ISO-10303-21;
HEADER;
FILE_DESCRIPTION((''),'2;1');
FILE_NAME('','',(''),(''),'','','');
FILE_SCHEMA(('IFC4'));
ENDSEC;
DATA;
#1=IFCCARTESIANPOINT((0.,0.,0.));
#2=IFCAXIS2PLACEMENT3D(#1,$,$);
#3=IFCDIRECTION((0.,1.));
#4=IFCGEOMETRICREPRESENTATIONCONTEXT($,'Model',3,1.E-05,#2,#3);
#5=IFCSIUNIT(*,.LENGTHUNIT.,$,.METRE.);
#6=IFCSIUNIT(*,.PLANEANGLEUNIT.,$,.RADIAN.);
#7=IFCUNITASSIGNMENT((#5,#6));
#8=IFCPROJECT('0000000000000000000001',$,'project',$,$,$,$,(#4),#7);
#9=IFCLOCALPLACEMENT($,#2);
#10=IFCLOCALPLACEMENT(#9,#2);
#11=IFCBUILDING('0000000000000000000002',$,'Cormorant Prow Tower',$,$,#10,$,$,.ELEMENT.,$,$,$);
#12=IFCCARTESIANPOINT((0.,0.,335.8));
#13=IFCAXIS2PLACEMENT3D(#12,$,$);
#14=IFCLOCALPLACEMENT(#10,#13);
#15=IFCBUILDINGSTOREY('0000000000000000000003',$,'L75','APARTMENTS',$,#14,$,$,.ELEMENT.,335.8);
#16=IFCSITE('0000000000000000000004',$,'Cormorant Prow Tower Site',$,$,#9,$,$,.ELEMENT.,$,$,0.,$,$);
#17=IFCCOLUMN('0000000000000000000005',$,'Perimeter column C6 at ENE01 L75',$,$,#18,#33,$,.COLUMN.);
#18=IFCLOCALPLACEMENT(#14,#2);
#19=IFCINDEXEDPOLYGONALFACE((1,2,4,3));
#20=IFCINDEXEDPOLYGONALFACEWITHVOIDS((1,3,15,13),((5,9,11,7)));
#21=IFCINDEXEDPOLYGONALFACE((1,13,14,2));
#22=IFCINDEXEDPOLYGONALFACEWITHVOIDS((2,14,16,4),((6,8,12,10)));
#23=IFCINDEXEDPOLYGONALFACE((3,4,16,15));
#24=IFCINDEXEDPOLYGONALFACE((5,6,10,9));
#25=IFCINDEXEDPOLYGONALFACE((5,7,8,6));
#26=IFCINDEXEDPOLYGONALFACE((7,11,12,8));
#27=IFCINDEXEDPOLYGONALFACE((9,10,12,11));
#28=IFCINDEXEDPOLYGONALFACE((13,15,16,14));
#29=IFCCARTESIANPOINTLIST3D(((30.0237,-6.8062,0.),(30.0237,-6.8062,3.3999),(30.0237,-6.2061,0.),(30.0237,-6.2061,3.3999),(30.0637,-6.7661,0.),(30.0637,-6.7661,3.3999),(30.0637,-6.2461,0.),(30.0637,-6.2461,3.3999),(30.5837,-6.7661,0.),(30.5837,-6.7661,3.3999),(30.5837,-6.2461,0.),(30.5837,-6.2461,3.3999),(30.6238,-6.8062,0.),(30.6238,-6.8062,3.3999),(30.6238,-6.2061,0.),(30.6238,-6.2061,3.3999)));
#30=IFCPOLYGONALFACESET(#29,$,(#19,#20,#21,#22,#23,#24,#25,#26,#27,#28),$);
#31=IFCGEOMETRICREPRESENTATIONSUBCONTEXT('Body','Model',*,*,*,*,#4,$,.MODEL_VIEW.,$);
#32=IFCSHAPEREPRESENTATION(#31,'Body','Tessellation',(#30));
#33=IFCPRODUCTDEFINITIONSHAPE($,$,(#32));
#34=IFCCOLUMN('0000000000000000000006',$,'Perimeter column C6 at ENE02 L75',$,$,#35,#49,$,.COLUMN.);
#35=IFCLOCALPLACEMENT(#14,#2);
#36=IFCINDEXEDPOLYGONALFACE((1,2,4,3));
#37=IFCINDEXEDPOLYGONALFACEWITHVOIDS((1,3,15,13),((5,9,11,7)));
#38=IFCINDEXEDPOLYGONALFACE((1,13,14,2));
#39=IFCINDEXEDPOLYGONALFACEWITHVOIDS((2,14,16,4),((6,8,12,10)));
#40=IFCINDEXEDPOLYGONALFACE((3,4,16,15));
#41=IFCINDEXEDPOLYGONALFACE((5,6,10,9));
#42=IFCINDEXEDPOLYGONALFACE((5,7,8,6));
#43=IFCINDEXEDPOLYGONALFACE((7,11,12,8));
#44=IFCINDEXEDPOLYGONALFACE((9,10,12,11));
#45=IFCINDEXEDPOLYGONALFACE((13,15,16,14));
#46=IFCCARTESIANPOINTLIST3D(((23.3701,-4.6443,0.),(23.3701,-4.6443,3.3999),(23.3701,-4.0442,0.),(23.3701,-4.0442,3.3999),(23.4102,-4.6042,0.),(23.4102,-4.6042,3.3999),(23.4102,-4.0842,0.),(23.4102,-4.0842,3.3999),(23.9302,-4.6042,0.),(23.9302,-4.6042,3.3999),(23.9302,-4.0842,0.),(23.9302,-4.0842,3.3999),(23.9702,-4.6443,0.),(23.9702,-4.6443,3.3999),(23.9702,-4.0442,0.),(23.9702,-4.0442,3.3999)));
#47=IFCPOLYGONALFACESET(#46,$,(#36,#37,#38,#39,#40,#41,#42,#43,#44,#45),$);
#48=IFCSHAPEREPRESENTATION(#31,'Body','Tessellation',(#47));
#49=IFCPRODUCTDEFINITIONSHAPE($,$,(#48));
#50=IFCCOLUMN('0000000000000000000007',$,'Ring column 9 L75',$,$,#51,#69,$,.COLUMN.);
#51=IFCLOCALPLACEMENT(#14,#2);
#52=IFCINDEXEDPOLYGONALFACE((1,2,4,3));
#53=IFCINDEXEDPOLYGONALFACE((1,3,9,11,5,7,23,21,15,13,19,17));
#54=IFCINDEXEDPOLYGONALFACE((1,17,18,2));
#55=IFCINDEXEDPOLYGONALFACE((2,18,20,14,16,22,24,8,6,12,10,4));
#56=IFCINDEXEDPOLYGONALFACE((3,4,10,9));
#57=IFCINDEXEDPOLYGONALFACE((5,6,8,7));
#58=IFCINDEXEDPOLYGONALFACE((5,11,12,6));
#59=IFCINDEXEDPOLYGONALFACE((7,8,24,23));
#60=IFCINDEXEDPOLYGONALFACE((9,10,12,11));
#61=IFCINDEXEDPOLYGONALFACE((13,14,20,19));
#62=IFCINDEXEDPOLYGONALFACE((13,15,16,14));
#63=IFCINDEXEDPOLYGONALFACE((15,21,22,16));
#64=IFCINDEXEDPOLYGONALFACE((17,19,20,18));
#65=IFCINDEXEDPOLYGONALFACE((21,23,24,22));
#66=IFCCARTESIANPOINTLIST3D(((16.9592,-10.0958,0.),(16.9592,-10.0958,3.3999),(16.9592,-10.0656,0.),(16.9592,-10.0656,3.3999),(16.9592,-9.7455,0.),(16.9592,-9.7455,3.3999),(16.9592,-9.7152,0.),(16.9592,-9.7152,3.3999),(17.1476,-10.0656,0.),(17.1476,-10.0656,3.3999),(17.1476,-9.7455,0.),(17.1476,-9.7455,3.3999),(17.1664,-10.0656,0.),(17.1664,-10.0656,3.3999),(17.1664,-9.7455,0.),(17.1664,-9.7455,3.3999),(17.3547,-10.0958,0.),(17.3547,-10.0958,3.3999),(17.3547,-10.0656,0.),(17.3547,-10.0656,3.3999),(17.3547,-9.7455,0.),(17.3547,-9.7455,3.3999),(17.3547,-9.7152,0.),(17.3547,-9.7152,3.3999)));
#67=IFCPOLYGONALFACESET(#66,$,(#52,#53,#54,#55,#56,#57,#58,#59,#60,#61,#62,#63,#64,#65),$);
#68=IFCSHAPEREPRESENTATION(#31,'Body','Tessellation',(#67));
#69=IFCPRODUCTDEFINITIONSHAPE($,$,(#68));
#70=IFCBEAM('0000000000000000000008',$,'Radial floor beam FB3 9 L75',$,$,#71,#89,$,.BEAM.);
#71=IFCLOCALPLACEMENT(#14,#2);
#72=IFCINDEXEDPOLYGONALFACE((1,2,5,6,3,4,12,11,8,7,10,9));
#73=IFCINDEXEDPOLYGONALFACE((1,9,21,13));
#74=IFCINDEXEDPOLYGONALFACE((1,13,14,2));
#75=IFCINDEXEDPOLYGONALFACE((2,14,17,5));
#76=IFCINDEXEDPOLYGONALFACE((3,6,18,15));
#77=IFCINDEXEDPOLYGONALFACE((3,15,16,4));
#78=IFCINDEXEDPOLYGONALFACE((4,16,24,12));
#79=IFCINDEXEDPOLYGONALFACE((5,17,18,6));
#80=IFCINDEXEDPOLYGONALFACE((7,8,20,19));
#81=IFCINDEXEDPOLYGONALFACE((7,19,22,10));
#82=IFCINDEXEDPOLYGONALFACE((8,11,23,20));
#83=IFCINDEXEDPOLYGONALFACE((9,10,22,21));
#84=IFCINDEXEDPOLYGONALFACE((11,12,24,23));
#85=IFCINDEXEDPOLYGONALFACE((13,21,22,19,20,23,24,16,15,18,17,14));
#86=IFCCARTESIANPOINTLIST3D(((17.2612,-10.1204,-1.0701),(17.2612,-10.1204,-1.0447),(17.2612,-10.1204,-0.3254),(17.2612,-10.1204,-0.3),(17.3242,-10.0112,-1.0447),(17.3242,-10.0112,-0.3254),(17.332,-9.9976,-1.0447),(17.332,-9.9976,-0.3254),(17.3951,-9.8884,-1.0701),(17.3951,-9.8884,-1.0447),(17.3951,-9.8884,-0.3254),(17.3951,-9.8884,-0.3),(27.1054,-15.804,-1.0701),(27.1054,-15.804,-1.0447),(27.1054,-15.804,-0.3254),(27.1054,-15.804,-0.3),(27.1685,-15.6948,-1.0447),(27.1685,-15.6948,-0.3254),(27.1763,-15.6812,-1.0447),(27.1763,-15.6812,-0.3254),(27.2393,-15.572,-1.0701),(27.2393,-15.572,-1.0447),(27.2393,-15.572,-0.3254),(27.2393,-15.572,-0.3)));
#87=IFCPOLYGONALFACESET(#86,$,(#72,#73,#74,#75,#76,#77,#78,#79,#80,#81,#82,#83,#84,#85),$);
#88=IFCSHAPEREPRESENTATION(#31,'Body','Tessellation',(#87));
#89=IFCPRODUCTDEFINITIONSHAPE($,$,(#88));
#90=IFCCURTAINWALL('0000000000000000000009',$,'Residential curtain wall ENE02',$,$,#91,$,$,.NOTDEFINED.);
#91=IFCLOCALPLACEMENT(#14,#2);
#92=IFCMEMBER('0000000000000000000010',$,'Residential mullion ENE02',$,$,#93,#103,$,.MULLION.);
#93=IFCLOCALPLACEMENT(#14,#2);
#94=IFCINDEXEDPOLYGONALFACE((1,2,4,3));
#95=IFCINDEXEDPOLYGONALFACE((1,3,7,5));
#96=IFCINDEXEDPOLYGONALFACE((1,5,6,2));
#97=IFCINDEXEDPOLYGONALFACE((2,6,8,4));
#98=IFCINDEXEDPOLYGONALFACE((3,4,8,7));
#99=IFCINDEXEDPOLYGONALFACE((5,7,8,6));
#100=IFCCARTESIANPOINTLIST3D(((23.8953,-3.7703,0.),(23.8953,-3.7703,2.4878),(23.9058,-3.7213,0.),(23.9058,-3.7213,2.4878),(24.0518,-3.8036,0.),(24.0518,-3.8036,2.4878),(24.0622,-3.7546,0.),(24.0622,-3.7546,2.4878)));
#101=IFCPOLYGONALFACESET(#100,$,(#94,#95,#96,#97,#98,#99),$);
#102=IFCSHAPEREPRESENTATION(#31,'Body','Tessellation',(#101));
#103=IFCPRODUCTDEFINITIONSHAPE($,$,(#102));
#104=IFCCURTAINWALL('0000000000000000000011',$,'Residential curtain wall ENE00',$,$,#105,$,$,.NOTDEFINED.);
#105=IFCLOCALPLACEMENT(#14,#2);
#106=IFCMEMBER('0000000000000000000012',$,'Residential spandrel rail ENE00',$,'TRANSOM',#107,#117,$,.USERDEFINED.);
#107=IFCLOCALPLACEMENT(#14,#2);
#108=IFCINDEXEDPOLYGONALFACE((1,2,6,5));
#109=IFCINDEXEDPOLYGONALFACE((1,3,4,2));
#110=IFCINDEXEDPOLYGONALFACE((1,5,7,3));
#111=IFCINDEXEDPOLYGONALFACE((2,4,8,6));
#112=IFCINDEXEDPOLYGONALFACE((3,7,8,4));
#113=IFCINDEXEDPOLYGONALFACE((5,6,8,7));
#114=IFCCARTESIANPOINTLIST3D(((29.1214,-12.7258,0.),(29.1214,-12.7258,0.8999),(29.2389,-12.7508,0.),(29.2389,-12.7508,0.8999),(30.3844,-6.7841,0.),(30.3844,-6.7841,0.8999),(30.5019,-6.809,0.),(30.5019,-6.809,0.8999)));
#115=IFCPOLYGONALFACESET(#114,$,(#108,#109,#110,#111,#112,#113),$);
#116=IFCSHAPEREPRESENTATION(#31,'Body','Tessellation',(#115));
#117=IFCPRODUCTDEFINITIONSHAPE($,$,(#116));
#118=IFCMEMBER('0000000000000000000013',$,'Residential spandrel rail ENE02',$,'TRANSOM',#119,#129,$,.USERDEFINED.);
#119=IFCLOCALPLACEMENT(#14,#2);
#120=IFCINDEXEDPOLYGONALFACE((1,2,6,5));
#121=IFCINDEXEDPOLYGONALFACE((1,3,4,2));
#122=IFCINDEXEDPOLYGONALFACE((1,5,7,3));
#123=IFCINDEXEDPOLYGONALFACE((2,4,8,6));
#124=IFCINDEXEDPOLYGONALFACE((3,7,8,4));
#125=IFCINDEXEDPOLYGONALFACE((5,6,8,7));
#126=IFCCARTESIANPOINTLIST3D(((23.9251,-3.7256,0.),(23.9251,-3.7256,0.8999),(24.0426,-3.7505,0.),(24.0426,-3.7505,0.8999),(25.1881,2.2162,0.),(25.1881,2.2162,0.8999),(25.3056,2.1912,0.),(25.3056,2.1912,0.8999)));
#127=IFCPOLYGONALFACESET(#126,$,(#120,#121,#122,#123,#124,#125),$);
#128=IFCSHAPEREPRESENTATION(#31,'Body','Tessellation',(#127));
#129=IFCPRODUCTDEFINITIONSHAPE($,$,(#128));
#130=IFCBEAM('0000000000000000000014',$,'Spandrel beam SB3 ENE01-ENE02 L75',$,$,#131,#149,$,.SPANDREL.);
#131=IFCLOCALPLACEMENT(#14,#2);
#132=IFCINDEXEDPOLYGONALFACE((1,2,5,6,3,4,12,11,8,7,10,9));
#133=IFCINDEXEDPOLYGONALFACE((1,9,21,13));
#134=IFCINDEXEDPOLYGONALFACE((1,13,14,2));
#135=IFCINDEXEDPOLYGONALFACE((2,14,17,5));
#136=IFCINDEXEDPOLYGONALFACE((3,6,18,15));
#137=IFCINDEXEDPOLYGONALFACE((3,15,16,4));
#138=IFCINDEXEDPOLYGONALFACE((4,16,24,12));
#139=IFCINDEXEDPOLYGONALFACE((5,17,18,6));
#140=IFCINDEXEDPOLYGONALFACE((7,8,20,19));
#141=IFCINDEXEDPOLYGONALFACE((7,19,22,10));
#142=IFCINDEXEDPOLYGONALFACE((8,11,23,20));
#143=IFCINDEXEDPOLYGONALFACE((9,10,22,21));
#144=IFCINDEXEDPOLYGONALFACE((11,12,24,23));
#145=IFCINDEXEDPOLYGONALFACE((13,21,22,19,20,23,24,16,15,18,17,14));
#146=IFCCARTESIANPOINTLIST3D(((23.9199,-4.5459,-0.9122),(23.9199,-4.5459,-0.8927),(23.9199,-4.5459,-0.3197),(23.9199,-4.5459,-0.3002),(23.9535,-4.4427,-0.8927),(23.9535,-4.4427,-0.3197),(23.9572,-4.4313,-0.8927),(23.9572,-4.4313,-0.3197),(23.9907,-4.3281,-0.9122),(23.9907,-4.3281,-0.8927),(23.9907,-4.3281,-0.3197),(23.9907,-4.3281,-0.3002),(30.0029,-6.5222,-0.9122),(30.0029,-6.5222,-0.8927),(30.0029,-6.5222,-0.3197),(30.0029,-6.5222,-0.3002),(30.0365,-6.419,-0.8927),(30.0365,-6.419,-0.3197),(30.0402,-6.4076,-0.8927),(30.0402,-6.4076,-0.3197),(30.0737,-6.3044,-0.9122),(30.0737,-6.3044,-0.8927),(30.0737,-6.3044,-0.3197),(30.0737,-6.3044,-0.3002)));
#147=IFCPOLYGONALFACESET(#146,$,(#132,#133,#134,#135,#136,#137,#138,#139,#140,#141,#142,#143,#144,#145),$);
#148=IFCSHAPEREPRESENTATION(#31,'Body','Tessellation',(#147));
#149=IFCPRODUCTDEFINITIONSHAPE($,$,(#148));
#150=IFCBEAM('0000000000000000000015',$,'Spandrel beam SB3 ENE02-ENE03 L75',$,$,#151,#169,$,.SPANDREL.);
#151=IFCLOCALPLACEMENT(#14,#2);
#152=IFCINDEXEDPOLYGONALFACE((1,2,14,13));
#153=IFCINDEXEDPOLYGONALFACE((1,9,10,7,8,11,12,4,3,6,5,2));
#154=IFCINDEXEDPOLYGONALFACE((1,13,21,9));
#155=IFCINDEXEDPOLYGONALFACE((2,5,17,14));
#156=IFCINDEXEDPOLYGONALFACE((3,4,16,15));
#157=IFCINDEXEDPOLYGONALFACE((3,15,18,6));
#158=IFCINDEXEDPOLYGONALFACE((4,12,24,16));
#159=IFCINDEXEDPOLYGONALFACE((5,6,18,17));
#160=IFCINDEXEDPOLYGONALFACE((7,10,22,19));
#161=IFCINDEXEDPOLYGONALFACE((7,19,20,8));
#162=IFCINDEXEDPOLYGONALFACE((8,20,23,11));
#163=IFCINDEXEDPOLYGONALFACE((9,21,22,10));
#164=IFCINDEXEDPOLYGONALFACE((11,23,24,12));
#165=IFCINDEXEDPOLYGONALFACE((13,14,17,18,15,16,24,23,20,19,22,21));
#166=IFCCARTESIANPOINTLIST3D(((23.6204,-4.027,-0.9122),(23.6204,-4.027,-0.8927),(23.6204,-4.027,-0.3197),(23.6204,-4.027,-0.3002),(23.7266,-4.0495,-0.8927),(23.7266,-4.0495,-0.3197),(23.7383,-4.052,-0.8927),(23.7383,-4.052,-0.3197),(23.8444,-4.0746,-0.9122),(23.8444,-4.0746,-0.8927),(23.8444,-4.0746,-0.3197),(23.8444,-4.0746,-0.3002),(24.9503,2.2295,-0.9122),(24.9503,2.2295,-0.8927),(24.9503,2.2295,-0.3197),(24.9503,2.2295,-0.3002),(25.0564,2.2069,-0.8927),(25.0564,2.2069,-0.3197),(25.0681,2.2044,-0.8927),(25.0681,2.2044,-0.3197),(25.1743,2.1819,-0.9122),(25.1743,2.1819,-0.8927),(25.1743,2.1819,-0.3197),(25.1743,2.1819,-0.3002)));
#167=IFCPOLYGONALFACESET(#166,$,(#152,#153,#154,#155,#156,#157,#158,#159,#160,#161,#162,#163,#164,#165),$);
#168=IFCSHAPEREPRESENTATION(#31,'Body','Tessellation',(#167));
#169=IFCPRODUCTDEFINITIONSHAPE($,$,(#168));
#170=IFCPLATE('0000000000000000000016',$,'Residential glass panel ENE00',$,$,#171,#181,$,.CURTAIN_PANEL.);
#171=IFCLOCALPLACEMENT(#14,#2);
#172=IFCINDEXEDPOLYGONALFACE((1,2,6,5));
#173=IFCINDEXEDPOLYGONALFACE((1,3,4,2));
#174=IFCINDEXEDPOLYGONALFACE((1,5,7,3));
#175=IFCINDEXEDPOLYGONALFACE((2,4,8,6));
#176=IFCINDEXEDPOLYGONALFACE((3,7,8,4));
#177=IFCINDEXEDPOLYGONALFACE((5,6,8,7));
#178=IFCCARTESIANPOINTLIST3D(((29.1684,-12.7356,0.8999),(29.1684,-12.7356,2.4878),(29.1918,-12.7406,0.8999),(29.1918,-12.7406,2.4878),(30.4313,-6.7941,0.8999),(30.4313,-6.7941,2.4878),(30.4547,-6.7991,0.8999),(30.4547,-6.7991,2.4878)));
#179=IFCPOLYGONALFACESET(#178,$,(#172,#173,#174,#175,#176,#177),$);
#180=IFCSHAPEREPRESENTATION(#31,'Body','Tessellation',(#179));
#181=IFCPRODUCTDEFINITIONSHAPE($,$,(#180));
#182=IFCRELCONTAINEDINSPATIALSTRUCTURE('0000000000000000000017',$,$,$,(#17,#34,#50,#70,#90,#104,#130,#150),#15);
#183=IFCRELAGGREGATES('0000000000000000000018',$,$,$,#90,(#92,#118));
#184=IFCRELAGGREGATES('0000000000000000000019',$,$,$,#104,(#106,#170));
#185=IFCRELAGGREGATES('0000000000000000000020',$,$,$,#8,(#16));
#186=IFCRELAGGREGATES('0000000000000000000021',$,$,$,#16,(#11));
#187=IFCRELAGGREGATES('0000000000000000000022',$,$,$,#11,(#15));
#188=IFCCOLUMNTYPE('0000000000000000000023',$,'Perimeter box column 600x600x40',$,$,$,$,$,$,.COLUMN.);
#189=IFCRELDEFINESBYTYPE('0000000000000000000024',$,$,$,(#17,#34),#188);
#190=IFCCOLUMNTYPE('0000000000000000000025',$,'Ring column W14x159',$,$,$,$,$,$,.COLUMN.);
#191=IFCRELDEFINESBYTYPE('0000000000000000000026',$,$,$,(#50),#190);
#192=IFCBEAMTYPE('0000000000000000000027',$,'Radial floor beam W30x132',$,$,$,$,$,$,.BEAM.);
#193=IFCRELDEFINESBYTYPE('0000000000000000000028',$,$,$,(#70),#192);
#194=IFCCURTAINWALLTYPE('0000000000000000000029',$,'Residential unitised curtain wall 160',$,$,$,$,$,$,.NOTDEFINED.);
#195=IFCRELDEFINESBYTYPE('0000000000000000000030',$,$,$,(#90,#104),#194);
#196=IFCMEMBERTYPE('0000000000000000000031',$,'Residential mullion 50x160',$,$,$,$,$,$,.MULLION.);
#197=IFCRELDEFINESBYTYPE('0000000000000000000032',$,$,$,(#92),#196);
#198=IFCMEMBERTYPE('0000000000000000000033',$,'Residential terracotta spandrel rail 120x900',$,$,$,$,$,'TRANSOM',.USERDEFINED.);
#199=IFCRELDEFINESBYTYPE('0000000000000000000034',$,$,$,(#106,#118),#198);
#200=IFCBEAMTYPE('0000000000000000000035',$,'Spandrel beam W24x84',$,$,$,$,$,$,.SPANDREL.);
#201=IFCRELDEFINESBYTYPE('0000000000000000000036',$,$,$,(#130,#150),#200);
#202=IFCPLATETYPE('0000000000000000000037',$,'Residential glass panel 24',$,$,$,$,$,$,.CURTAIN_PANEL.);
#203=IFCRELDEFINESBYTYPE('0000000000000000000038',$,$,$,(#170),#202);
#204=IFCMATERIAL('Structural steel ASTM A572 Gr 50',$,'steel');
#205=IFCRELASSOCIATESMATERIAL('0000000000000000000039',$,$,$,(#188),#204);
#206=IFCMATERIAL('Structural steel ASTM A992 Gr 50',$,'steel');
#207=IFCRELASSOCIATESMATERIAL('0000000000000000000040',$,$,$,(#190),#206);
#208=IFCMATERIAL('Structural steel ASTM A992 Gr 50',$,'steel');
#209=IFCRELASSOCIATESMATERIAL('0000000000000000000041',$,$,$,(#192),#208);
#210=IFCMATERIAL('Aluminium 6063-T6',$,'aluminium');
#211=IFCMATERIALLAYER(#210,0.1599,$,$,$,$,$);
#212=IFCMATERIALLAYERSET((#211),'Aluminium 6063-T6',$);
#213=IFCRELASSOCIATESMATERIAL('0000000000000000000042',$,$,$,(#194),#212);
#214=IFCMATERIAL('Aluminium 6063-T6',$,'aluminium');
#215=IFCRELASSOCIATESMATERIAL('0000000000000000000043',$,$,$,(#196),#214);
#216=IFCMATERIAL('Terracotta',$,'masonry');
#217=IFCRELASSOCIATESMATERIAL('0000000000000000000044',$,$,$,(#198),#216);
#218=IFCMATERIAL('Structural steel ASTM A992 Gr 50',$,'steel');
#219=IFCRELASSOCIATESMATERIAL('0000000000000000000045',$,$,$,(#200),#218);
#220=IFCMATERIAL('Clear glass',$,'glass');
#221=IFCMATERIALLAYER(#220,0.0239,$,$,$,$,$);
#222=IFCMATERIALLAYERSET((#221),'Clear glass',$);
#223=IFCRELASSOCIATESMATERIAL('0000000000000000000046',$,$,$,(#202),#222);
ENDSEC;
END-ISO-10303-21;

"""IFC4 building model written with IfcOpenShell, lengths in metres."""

from ifc_helpers import new_model, si_unit, direction, frame, origin, origin_2d, place, context, subcontext, project, spatial, rectangle, hollow_rectangle, i_section, extrude, material, layer, layer_set, material_profile, profile_set, type_object, element, aggregate, save


model = new_model("IFC4")

# Units and contexts
model_context = context("Model", 3, precision=1e-05, world=origin(), true_north=direction((0.0, 1.0)))
body_context = subcontext(model_context, "Body", "Model", "MODEL_VIEW")
ifc_project = project(units=[si_unit("LENGTHUNIT", "METRE"), si_unit("PLANEANGLEUNIT", "RADIAN")], contexts=[model_context])

# Site, building, storey
site_placement = place(None, origin())
site = spatial("IfcSite", under=ifc_project, at=site_placement, Name="Cormorant Prow Tower Site", CompositionType="ELEMENT", RefElevation=0.0)
building_placement = place(site_placement, origin())
building = spatial("IfcBuilding", under=site, at=building_placement, Name="Cormorant Prow Tower", CompositionType="ELEMENT")
storey_placement = place(building_placement, frame((0.0, 0.0, 335.8)))
storey = spatial("IfcBuildingStorey", under=building, at=storey_placement, Name="L75", Description="APARTMENTS", CompositionType="ELEMENT", Elevation=335.8)

# Columns
ifc_material_1 = material(Name="Structural steel ASTM A572 Gr 50", Category="steel")
ifc_material_profile_1 = material_profile(ifc_material_1, hollow_rectangle(XDim=0.6001, YDim=0.6001, WallThickness=0.04, at=origin_2d()), Name="Box 600x600x40")
ifc_profile_set_1 = profile_set([ifc_material_profile_1], Name="Structural steel ASTM A572 Gr 50")
column_type_1 = type_object("IfcColumnType", Name="Perimeter box column 600x600x40", PredefinedType="COLUMN", material=ifc_profile_set_1)
for number, where, z_axis, x_axis, name in (
    (1, (30.3237, -6.5061, 0.0), (0.0, 0.0, 1.0), (1.0, 0.0, 0.0), "Perimeter column C6 at ENE01 L75"),
    (2, (23.6702, -4.3442, 0.0), (0.0, 0.0, 1.0), (1.0, 0.0, 0.0), "Perimeter column C6 at ENE02 L75"),
):
    element("IfcColumn", number, at=place(storey_placement, frame(where, z_axis=z_axis, x_axis=x_axis)), inside=storey, type_object=column_type_1, Name=name, PredefinedType="COLUMN", context=body_context, shape_type="SweptSolid", body=[
        extrude(hollow_rectangle(XDim=0.6001, YDim=0.6001, WallThickness=0.04, at=origin_2d()), origin(), (0.0, 0.0, 1.0), 3.3999),
    ])
ifc_material_2 = material(Name="Structural steel ASTM A992 Gr 50", Category="steel")
ifc_material_profile_2 = material_profile(ifc_material_2, i_section(OverallWidth=0.3955, OverallDepth=0.3806, WebThickness=0.0188, FlangeThickness=0.0303, at=origin_2d()), Name="W14x159")
ifc_profile_set_2 = profile_set([ifc_material_profile_2], Name="Structural steel ASTM A992 Gr 50")
column_type_2 = type_object("IfcColumnType", Name="Ring column W14x159", PredefinedType="COLUMN", material=ifc_profile_set_2)
column_placement = place(storey_placement, frame((17.157, -9.9055, 0.0), z_axis=(0.0, 0.0, 1.0), x_axis=(1.0, 0.0, 0.0)))
element("IfcColumn", 3, at=column_placement, inside=storey, type_object=column_type_2, Name="Ring column 9 L75", PredefinedType="COLUMN", context=body_context, shape_type="SweptSolid", body=[
    extrude(i_section(OverallWidth=0.3955, OverallDepth=0.3806, WebThickness=0.0188, FlangeThickness=0.0303, at=origin_2d()), origin(), (0.0, 0.0, 1.0), 3.3999),
])

# Beam
ifc_material_3 = material(Name="Structural steel ASTM A992 Gr 50", Category="steel")
ifc_material_profile_3 = material_profile(ifc_material_3, i_section(OverallWidth=0.2678, OverallDepth=0.77, WebThickness=0.0156, FlangeThickness=0.0254, at=origin_2d()), Name="W30x132")
ifc_profile_set_3 = profile_set([ifc_material_profile_3], Name="Structural steel ASTM A992 Gr 50")
beam_type_1 = type_object("IfcBeamType", Name="Radial floor beam W30x132", PredefinedType="BEAM", material=ifc_profile_set_3)
beam_1_placement = place(storey_placement, frame((17.3281, -10.0044, -0.6851), z_axis=(0.866025, -0.500001, 0.0), x_axis=(0.500001, 0.866025, 0.0)))
element("IfcBeam", 4, at=beam_1_placement, inside=storey, type_object=beam_type_1, Name="Radial floor beam FB3 9 L75", PredefinedType="BEAM", context=body_context, shape_type="SweptSolid", body=[
    extrude(i_section(OverallWidth=0.2678, OverallDepth=0.77, WebThickness=0.0156, FlangeThickness=0.0254, at=origin_2d()), origin(), (0.0, 0.0, 1.0), 11.3672),
])

# Curtain walls, members
ifc_material_4 = material(Name="Aluminium 6063-T6", Category="aluminium")
ifc_layer_1 = layer(ifc_material_4, 0.1599)
ifc_layer_set_1 = layer_set([ifc_layer_1], Name="Aluminium 6063-T6")
curtain_wall_type = type_object("IfcCurtainWallType", Name="Residential unitised curtain wall 160", PredefinedType="NOTDEFINED", material=ifc_layer_set_1)
curtain_wall_1_placement = place(storey_placement, origin())
curtain_wall_1 = element("IfcCurtainWall", 5, at=curtain_wall_1_placement, inside=storey, type_object=curtain_wall_type, Name="Residential curtain wall ENE02", PredefinedType="NOTDEFINED")
ifc_material_5 = material(Name="Aluminium 6063-T6", Category="aluminium")
ifc_material_profile_4 = material_profile(ifc_material_5, rectangle(XDim=0.1599, YDim=0.05, at=origin_2d()), Name="Residential mullion 50x160")
ifc_profile_set_4 = profile_set([ifc_material_profile_4], Name="Aluminium 6063-T6")
member_type_1 = type_object("IfcMemberType", Name="Residential mullion 50x160", PredefinedType="MULLION", material=ifc_profile_set_4)
member_1_placement = place(storey_placement, frame((23.9788, -3.7625, 0.0), z_axis=(0.0, 0.0, 1.0), x_axis=(-0.978148, 0.207912, 0.0)))
member_1 = element("IfcMember", 6, at=member_1_placement, type_object=member_type_1, Name="Residential mullion ENE02", PredefinedType="MULLION", context=body_context, shape_type="SweptSolid", body=[
    extrude(rectangle(XDim=0.1599, YDim=0.05, at=origin_2d()), origin(), (0.0, 0.0, 1.0), 2.4878),
])
curtain_wall_2_placement = place(storey_placement, origin())
curtain_wall_2 = element("IfcCurtainWall", 7, at=curtain_wall_2_placement, inside=storey, type_object=curtain_wall_type, Name="Residential curtain wall ENE00", PredefinedType="NOTDEFINED")
ifc_material_6 = material(Name="Terracotta", Category="masonry")
ifc_material_profile_5 = material_profile(ifc_material_6, rectangle(XDim=0.1201, YDim=0.8999, at=origin_2d()), Name="Residential terracotta spandrel rail 120x900")
ifc_profile_set_5 = profile_set([ifc_material_profile_5], Name="Terracotta")
member_type_2 = type_object("IfcMemberType", Name="Residential terracotta spandrel rail 120x900", ElementType="TRANSOM", PredefinedType="USERDEFINED", material=ifc_profile_set_5)
member_2_placement = place(storey_placement, frame((29.1802, -12.7383, 0.45), z_axis=(0.207912, 0.978148, 0.0), x_axis=(-0.978148, 0.207912, 0.0)))
member_2 = element("IfcMember", 8, at=member_2_placement, type_object=member_type_2, Name="Residential spandrel rail ENE00", ObjectType="TRANSOM", PredefinedType="USERDEFINED", context=body_context, shape_type="SweptSolid", body=[
    extrude(rectangle(XDim=0.1201, YDim=0.8999, at=origin_2d()), origin(), (0.0, 0.0, 1.0), 6.0745),
])

# Member
member_3_placement = place(storey_placement, frame((23.9839, -3.738, 0.45), z_axis=(0.207912, 0.978148, 0.0), x_axis=(-0.978148, 0.207912, 0.0)))
member_3 = element("IfcMember", 9, at=member_3_placement, type_object=member_type_2, Name="Residential spandrel rail ENE02", ObjectType="TRANSOM", PredefinedType="USERDEFINED", context=body_context, shape_type="SweptSolid", body=[
    extrude(rectangle(XDim=0.1201, YDim=0.8999, at=origin_2d()), origin(), (0.0, 0.0, 1.0), 6.0745),
])
aggregate(curtain_wall_1, [member_1, member_3])

# Beams
ifc_material_7 = material(Name="Structural steel ASTM A992 Gr 50", Category="steel")
ifc_material_profile_6 = material_profile(ifc_material_7, i_section(OverallWidth=0.229, OverallDepth=0.6121, WebThickness=0.012, FlangeThickness=0.0195, at=origin_2d()), Name="W24x84")
ifc_profile_set_6 = profile_set([ifc_material_profile_6], Name="Structural steel ASTM A992 Gr 50")
beam_type_2 = type_object("IfcBeamType", Name="Spandrel beam W24x84", PredefinedType="SPANDREL", material=ifc_profile_set_6)
beam_2_placement = place(storey_placement, frame((30.0383, -6.4133, -0.6062), z_axis=(-0.951064, 0.308993, 0.0), x_axis=(-0.308993, -0.951064, 0.0)))
element("IfcBeam", 10, at=beam_2_placement, inside=storey, type_object=beam_type_2, Name="Spandrel beam SB3 ENE01-ENE02 L75", PredefinedType="SPANDREL", context=body_context, shape_type="SweptSolid", body=[
    extrude(i_section(OverallWidth=0.229, OverallDepth=0.6121, WebThickness=0.012, FlangeThickness=0.0195, at=origin_2d()), origin(), (0.0, 0.0, 1.0), 6.396),
])
beam_3_placement = place(storey_placement, frame((23.7324, -4.0508, -0.6062), z_axis=(0.207913, 0.978147, 0.0), x_axis=(-0.978147, 0.207913, 0.0)))
element("IfcBeam", 11, at=beam_3_placement, inside=storey, type_object=beam_type_2, Name="Spandrel beam SB3 ENE02-ENE03 L75", PredefinedType="SPANDREL", context=body_context, shape_type="SweptSolid", body=[
    extrude(i_section(OverallWidth=0.229, OverallDepth=0.6121, WebThickness=0.012, FlangeThickness=0.0195, at=origin_2d()), origin(), (0.0, 0.0, 1.0), 6.3962),
])

# Plate
ifc_material_8 = material(Name="Clear glass", Category="glass")
ifc_layer_2 = layer(ifc_material_8, 0.0239)
ifc_layer_set_2 = layer_set([ifc_layer_2], Name="Clear glass")
plate_type = type_object("IfcPlateType", Name="Residential glass panel 24", PredefinedType="CURTAIN_PANEL", material=ifc_layer_set_2)
plate_placement = place(storey_placement, frame((29.8115, -9.7673, 0.8999), z_axis=(0.0, 0.0, 1.0), x_axis=(0.207912, 0.978148, 0.0)))
plate = element("IfcPlate", 12, at=plate_placement, type_object=plate_type, Name="Residential glass panel ENE00", PredefinedType="CURTAIN_PANEL", context=body_context, shape_type="SweptSolid", body=[
    extrude(rectangle(XDim=6.0742, YDim=0.0239, at=origin_2d()), origin(), (0.0, 0.0, 1.0), 1.5879),
])
aggregate(curtain_wall_2, [member_2, plate])

save(model, "model.ifc")
